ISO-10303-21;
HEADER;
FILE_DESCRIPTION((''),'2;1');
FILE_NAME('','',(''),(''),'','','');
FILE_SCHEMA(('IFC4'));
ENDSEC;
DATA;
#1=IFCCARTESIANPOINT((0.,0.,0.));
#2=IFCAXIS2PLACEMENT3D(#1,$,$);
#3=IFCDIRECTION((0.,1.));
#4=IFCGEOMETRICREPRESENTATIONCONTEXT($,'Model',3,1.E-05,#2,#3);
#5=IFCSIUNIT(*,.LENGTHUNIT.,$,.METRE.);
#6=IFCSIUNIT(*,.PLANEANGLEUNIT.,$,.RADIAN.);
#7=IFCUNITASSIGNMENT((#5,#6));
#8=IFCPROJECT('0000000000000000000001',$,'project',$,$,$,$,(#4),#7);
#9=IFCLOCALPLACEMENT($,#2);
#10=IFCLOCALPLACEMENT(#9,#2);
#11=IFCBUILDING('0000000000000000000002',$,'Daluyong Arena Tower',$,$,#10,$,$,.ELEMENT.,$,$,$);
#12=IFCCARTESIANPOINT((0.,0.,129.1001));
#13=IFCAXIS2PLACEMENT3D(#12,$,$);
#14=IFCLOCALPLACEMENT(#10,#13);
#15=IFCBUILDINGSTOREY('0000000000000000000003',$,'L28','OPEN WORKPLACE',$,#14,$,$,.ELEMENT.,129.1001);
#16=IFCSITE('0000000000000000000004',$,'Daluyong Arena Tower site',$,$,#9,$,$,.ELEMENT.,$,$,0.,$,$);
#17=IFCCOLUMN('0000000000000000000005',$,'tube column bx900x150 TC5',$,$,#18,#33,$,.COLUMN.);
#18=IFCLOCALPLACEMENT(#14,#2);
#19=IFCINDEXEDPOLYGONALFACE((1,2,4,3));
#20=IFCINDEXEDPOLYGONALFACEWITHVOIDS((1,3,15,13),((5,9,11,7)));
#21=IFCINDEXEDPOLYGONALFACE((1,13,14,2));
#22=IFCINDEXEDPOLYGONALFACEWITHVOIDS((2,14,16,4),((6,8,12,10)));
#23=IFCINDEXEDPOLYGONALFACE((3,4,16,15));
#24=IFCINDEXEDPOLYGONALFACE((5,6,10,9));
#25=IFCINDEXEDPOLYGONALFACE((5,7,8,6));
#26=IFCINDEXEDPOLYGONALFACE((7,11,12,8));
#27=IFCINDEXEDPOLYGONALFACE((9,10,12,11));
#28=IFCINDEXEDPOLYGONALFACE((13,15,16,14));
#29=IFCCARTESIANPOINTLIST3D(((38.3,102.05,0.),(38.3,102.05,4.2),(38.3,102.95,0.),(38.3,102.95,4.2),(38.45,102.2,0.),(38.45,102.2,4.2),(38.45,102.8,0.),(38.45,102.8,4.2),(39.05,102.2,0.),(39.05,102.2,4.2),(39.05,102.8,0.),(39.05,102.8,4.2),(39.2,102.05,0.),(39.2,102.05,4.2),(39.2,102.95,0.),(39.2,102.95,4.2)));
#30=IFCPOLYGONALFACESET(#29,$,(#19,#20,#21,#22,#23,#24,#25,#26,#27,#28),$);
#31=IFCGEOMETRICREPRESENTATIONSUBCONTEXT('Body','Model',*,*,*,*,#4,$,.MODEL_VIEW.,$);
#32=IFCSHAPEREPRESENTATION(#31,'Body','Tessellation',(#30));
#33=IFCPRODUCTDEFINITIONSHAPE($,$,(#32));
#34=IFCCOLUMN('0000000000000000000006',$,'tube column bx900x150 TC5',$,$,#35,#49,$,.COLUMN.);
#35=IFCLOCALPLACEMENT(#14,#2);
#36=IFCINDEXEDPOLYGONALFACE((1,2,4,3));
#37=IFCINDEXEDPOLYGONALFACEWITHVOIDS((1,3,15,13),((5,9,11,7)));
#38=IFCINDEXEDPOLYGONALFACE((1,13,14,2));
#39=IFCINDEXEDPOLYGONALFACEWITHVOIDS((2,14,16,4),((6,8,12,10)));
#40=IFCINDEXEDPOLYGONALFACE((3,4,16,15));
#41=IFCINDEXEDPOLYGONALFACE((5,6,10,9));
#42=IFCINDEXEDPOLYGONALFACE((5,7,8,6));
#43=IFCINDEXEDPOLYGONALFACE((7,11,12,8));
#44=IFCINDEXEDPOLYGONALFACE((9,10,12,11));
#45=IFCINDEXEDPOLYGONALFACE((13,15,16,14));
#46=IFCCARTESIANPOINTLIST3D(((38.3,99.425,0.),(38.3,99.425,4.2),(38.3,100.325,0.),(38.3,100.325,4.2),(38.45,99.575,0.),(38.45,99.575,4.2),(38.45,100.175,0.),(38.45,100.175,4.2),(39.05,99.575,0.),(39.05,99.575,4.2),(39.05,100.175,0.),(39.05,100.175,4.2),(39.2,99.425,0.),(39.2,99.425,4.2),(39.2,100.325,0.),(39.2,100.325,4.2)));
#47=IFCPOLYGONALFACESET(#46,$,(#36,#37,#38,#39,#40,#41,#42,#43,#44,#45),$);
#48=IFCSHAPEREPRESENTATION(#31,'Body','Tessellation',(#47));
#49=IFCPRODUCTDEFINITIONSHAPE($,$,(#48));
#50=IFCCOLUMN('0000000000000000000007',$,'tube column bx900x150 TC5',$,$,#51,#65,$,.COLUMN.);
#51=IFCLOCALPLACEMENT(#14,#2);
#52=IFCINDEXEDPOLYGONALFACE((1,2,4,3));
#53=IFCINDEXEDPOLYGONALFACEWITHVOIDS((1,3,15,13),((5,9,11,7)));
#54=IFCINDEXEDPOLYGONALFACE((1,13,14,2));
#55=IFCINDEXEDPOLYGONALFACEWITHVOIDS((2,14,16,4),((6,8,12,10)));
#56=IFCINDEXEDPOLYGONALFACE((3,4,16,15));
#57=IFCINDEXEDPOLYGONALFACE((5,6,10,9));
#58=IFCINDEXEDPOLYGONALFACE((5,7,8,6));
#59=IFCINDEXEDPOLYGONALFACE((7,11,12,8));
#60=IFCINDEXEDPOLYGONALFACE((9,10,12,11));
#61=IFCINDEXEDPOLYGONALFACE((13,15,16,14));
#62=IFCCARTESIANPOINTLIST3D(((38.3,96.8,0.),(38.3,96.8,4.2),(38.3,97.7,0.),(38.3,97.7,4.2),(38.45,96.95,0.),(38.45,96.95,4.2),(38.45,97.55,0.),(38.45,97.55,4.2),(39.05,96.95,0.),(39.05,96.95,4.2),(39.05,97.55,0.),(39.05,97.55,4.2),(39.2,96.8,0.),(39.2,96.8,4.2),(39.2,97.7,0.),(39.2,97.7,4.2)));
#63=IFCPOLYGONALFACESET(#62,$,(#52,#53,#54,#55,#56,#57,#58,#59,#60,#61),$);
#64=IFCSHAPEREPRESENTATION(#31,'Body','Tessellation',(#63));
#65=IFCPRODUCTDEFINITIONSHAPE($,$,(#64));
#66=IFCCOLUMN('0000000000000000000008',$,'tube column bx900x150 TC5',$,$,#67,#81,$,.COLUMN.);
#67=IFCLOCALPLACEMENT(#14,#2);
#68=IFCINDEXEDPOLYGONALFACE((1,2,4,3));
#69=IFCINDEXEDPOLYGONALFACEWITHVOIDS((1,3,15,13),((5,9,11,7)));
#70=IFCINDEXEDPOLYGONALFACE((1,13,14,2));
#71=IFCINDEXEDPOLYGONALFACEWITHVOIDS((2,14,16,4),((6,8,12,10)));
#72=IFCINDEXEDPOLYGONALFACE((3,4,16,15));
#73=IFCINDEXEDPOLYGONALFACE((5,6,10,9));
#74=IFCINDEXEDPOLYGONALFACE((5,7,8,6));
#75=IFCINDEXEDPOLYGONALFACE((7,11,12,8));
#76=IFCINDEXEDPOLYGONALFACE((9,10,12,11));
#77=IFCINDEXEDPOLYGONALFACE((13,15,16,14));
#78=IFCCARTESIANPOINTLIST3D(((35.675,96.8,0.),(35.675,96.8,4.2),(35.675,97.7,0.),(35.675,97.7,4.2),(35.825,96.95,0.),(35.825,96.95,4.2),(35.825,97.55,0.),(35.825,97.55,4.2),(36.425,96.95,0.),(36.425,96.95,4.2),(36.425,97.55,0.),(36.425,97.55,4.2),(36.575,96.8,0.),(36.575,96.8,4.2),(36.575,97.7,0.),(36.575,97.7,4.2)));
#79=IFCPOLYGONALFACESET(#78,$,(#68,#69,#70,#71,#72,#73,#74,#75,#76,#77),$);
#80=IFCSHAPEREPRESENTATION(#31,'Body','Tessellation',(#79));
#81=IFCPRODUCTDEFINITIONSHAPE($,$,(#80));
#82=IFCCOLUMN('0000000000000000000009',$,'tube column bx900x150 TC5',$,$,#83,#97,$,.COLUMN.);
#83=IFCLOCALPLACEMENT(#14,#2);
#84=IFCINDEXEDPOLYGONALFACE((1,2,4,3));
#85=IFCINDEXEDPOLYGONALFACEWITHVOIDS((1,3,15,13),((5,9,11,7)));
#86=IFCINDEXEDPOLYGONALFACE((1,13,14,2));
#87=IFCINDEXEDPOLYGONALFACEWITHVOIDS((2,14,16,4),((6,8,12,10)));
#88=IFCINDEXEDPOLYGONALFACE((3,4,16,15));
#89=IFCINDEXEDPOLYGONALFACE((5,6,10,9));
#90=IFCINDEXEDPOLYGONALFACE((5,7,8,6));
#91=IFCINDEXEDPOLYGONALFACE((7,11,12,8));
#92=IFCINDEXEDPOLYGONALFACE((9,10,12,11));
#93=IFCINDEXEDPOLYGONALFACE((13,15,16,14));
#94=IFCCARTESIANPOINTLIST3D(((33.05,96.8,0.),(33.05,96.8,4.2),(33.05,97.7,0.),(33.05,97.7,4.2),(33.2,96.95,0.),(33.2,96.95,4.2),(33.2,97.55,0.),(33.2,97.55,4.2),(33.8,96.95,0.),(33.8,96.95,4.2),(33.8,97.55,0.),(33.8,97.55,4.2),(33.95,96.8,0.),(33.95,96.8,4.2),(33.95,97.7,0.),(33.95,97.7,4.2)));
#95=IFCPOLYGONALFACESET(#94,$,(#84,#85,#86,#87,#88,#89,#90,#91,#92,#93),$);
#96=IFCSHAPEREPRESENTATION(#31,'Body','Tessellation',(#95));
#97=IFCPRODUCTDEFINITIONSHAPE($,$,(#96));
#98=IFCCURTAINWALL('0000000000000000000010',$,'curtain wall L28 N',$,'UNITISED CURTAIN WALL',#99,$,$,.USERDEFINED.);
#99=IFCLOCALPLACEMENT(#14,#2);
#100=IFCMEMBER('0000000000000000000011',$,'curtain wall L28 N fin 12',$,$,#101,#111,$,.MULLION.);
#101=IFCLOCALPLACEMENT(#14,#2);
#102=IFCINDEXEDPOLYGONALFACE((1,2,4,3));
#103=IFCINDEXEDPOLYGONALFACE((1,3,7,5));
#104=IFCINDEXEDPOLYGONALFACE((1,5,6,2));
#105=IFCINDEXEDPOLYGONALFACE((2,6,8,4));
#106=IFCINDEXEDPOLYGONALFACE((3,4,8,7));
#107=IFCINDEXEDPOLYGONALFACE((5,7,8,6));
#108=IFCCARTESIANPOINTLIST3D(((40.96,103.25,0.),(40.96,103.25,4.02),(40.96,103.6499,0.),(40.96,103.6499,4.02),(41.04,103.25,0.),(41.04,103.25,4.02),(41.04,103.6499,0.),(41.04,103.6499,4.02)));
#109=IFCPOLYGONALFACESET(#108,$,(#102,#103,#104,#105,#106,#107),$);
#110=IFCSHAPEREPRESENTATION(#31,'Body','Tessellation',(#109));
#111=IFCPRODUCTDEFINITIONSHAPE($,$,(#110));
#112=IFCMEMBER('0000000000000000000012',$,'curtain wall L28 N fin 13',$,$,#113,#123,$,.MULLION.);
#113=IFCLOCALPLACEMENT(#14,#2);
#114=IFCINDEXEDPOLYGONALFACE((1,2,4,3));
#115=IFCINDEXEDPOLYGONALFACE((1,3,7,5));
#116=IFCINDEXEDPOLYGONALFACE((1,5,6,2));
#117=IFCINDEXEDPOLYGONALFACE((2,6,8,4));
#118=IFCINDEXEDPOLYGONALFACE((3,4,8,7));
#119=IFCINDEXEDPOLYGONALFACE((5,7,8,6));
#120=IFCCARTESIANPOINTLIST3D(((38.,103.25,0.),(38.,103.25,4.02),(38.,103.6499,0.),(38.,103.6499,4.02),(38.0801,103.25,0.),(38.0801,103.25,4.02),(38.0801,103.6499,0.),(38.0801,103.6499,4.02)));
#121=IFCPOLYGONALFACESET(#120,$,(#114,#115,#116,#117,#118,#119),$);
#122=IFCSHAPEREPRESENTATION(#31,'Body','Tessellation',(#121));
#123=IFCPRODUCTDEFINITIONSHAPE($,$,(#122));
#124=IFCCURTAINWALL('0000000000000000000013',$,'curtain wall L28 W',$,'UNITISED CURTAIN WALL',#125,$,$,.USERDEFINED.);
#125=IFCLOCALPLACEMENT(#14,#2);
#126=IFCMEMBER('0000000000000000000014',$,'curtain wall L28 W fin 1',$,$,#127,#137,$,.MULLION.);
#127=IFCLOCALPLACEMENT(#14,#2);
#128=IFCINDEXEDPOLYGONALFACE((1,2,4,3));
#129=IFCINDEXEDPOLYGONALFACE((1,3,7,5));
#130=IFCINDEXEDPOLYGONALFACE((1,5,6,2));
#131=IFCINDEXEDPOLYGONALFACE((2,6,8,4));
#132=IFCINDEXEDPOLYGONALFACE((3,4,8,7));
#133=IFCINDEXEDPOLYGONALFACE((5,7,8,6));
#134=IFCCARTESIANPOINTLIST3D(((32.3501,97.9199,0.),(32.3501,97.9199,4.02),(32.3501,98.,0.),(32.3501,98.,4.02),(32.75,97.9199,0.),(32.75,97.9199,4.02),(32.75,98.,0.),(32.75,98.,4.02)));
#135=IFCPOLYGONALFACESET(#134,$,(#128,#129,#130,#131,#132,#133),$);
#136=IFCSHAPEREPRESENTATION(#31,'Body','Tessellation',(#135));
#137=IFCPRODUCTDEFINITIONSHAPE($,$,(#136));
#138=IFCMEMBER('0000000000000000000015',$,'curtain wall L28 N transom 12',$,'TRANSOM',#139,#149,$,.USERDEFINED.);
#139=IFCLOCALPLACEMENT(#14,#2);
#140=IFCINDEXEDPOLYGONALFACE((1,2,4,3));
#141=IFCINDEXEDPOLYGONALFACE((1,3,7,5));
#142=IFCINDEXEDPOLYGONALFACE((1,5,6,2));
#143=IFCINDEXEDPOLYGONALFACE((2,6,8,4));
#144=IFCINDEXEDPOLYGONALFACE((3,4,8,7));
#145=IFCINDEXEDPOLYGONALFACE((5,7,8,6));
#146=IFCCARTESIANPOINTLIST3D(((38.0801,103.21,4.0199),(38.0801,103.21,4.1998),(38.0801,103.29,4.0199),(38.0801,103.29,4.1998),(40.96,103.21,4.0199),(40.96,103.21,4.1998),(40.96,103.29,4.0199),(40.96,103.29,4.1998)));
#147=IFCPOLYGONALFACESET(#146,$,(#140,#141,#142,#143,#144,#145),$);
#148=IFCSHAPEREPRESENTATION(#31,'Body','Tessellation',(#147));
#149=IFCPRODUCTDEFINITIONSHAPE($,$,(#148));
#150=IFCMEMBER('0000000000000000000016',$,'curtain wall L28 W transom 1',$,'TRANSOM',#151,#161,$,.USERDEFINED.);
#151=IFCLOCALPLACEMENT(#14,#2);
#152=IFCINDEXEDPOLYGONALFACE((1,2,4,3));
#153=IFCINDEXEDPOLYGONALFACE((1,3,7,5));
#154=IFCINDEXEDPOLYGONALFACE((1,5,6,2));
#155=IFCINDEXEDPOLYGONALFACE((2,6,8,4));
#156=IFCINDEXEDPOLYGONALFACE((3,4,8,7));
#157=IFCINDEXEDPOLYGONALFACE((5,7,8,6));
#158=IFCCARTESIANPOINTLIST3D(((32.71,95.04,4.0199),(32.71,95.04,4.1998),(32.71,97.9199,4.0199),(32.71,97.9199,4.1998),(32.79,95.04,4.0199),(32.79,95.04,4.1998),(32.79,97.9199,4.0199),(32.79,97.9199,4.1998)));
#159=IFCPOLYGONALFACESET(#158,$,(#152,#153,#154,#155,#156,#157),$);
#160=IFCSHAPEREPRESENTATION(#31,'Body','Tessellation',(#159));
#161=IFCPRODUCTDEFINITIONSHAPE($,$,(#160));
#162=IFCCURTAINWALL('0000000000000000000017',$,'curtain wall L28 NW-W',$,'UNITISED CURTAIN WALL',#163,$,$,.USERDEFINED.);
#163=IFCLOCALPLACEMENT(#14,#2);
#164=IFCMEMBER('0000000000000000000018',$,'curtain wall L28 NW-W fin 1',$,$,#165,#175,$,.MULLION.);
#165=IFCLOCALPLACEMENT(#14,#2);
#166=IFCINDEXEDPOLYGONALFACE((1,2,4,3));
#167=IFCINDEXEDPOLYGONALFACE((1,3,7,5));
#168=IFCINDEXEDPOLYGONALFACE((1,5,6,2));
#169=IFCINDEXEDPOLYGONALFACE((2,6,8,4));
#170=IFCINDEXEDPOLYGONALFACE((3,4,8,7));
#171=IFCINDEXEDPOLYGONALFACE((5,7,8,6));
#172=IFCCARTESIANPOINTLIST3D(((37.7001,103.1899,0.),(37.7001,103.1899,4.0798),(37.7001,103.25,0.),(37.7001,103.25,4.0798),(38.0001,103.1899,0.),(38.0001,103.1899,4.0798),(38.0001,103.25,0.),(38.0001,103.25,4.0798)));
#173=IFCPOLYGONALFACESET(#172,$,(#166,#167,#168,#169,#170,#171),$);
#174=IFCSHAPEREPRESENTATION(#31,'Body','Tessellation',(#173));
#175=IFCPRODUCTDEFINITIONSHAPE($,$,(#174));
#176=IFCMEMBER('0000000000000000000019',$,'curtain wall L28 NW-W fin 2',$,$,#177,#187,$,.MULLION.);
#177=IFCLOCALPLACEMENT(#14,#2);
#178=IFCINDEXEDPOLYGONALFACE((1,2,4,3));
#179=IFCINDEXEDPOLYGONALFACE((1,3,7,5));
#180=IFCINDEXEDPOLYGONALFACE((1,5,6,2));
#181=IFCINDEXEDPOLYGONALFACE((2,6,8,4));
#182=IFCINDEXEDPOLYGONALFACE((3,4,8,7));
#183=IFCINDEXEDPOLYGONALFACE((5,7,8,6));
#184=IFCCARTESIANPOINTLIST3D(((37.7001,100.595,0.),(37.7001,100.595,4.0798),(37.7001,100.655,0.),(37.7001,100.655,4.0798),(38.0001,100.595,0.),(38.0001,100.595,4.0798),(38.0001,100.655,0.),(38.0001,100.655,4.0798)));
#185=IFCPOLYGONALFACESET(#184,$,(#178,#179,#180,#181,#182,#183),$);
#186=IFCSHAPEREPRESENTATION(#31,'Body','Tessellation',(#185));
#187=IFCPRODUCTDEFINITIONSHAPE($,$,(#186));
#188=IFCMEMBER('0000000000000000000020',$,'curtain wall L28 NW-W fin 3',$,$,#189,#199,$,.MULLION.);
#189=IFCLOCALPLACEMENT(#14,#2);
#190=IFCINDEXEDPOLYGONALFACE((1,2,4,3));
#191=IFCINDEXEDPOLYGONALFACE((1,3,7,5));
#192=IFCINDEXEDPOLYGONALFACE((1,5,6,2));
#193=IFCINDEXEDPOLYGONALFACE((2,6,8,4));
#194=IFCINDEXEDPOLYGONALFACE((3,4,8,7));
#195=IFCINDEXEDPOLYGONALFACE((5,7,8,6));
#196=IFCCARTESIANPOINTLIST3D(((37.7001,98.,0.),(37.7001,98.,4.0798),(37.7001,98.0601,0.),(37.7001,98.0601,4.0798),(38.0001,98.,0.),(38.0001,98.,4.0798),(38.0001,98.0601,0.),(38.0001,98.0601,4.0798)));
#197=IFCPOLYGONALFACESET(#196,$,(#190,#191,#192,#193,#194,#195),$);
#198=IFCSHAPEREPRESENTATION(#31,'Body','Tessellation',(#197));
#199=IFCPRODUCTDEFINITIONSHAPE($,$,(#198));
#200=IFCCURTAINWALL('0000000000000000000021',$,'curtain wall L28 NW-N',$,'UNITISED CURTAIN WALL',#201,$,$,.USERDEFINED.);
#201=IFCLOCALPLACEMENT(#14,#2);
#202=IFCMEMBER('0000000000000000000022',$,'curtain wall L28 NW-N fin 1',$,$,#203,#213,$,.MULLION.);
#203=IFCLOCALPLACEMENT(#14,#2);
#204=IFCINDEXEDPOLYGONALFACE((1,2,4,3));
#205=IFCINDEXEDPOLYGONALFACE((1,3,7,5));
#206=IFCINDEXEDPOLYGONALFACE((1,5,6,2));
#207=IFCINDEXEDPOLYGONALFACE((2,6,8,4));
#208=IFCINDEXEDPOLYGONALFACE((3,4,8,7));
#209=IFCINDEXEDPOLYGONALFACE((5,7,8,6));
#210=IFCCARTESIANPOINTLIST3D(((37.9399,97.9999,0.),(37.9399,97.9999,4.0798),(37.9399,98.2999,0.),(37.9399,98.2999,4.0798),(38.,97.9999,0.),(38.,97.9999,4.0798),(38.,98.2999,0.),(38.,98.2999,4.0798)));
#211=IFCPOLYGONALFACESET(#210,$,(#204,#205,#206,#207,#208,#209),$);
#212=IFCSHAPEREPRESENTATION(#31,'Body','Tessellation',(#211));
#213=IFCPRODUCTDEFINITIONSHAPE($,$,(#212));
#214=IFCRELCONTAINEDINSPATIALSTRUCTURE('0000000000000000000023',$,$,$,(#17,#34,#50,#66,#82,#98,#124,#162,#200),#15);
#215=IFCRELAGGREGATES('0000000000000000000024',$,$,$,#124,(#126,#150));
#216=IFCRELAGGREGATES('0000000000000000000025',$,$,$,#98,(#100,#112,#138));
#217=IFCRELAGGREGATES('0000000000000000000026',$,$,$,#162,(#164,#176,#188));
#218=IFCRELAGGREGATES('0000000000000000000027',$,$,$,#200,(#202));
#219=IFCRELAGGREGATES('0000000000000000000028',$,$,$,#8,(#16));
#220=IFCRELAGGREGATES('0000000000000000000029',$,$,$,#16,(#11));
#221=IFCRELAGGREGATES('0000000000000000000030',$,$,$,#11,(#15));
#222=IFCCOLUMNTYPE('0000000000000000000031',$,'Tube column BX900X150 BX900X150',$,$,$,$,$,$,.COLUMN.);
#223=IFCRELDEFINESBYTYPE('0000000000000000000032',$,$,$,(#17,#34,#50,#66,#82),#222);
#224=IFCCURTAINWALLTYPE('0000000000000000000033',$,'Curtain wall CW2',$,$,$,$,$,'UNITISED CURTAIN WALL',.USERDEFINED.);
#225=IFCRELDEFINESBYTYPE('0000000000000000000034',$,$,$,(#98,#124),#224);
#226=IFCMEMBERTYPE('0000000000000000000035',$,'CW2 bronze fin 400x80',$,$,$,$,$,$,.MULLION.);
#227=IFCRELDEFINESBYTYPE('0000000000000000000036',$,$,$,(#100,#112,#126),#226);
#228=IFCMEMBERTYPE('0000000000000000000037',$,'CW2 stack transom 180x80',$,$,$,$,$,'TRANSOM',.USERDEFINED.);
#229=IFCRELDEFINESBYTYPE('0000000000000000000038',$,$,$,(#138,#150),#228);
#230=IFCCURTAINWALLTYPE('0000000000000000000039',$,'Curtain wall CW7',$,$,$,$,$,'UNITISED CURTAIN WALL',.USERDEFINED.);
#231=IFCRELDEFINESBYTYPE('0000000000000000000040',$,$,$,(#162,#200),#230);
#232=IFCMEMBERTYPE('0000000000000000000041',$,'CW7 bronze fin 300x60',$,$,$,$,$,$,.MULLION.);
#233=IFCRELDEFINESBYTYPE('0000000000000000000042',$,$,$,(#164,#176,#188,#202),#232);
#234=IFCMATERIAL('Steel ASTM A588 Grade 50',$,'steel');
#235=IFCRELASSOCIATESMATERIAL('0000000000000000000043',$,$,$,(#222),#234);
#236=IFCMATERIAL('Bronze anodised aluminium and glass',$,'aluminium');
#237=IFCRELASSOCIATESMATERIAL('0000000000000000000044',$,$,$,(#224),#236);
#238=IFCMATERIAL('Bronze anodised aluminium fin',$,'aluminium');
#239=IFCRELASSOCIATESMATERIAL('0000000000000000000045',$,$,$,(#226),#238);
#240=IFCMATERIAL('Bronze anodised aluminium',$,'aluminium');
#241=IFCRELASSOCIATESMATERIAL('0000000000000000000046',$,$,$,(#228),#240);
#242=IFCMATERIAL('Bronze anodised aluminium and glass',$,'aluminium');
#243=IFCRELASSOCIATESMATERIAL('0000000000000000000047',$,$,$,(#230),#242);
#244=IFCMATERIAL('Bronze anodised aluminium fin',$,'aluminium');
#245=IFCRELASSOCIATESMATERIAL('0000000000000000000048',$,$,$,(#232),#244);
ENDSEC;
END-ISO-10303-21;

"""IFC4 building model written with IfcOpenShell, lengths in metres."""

from ifc_helpers import new_model, si_unit, direction, frame, origin, origin_2d, place, context, subcontext, project, spatial, rectangle, hollow_rectangle, extrude, material, material_profile, profile_set, type_object, element, aggregate, save


model = new_model("IFC4")

# Units and contexts
model_context = context("Model", 3, precision=1e-05, world=origin(), true_north=direction((0.0, 1.0)))
body_context = subcontext(model_context, "Body", "Model", "MODEL_VIEW")
ifc_project = project(units=[si_unit("LENGTHUNIT", "METRE"), si_unit("PLANEANGLEUNIT", "RADIAN")], contexts=[model_context])

# Site, building, storey
site_placement = place(None, origin())
site = spatial("IfcSite", under=ifc_project, at=site_placement, Name="Daluyong Arena Tower site", CompositionType="ELEMENT", RefElevation=0.0)
building_placement = place(site_placement, origin())
building = spatial("IfcBuilding", under=site, at=building_placement, Name="Daluyong Arena Tower", CompositionType="ELEMENT")
storey_placement = place(building_placement, frame((0.0, 0.0, 129.1001)))
storey = spatial("IfcBuildingStorey", under=building, at=storey_placement, Name="L28", Description="OPEN WORKPLACE", CompositionType="ELEMENT", Elevation=129.1001)

# Columns
ifc_material_1 = material(Name="Steel ASTM A588 Grade 50", Category="steel")
ifc_material_profile_1 = material_profile(ifc_material_1, hollow_rectangle(XDim=0.8999, YDim=0.8999, WallThickness=0.15, at=origin_2d()))
ifc_profile_set_1 = profile_set([ifc_material_profile_1], Name="Steel ASTM A588 Grade 50")
column_type = type_object("IfcColumnType", Name="Tube column BX900X150 BX900X150", PredefinedType="COLUMN", material=ifc_profile_set_1)
for number, where, z_axis, x_axis, name in (
    (1, (38.75, 102.5, 0.0), (0.0, 0.0, 1.0), (0.0, 1.0, 0.0), "tube column bx900x150 TC5"),
    (2, (38.75, 99.875, 0.0), (0.0, 0.0, 1.0), (0.0, 1.0, 0.0), "tube column bx900x150 TC5"),
    (3, (38.75, 97.25, 0.0), (0.0, 0.0, 1.0), (1.0, 0.0, 0.0), "tube column bx900x150 TC5"),
    (4, (36.125, 97.25, 0.0), (0.0, 0.0, 1.0), (1.0, 0.0, 0.0), "tube column bx900x150 TC5"),
    (5, (33.5, 97.25, 0.0), (0.0, 0.0, 1.0), (0.0, 1.0, 0.0), "tube column bx900x150 TC5"),
):
    element("IfcColumn", number, at=place(storey_placement, frame(where, z_axis=z_axis, x_axis=x_axis)), inside=storey, type_object=column_type, Name=name, PredefinedType="COLUMN", context=body_context, shape_type="SweptSolid", body=[
        extrude(hollow_rectangle(XDim=0.8999, YDim=0.8999, WallThickness=0.15, at=origin_2d()), origin(), (0.0, 0.0, 1.0), 4.2),
    ])

# Curtain wall, members
ifc_material_2 = material(Name="Bronze anodised aluminium and glass", Category="aluminium")
curtain_wall_type_1 = type_object("IfcCurtainWallType", Name="Curtain wall CW2", ElementType="UNITISED CURTAIN WALL", PredefinedType="USERDEFINED", material=ifc_material_2)
curtain_wall_1_placement = place(storey_placement, origin())
curtain_wall_1 = element("IfcCurtainWall", 6, at=curtain_wall_1_placement, inside=storey, type_object=curtain_wall_type_1, Name="curtain wall L28 N", ObjectType="UNITISED CURTAIN WALL", PredefinedType="USERDEFINED")
ifc_material_3 = material(Name="Bronze anodised aluminium fin", Category="aluminium")
ifc_material_profile_2 = material_profile(ifc_material_3, rectangle(XDim=0.3999, YDim=0.0801, at=origin_2d()))
ifc_profile_set_2 = profile_set([ifc_material_profile_2], Name="Bronze anodised aluminium fin")
member_type_1 = type_object("IfcMemberType", Name="CW2 bronze fin 400x80", PredefinedType="MULLION", material=ifc_profile_set_2)
member_1_placement = place(storey_placement, frame((41.0, 103.45, 0.0), z_axis=(0.0, 0.0, 1.0), x_axis=(0.0, -1.0, 0.0)))
member_1 = element("IfcMember", 7, at=member_1_placement, type_object=member_type_1, Name="curtain wall L28 N fin 12", PredefinedType="MULLION", context=body_context, shape_type="SweptSolid", body=[
    extrude(rectangle(XDim=0.3999, YDim=0.0801, at=origin_2d()), origin(), (0.0, 0.0, 1.0), 4.02),
])
member_2_placement = place(storey_placement, frame((38.04, 103.45, 0.0), z_axis=(0.0, 0.0, 1.0), x_axis=(0.0, -1.0, 0.0)))
member_2 = element("IfcMember", 8, at=member_2_placement, type_object=member_type_1, Name="curtain wall L28 N fin 13", PredefinedType="MULLION", context=body_context, shape_type="SweptSolid", body=[
    extrude(rectangle(XDim=0.3999, YDim=0.0801, at=origin_2d()), origin(), (0.0, 0.0, 1.0), 4.02),
])

# Curtain wall, member
curtain_wall_2_placement = place(storey_placement, origin())
curtain_wall_2 = element("IfcCurtainWall", 9, at=curtain_wall_2_placement, inside=storey, type_object=curtain_wall_type_1, Name="curtain wall L28 W", ObjectType="UNITISED CURTAIN WALL", PredefinedType="USERDEFINED")
member_3_placement = place(storey_placement, frame((32.55, 97.96, 0.0), z_axis=(0.0, 0.0, 1.0), x_axis=(1.0, 0.0, 0.0)))
member_3 = element("IfcMember", 10, at=member_3_placement, type_object=member_type_1, Name="curtain wall L28 W fin 1", PredefinedType="MULLION", context=body_context, shape_type="SweptSolid", body=[
    extrude(rectangle(XDim=0.3999, YDim=0.0801, at=origin_2d()), origin(), (0.0, 0.0, 1.0), 4.02),
])

# Members
ifc_material_4 = material(Name="Bronze anodised aluminium", Category="aluminium")
ifc_material_profile_3 = material_profile(ifc_material_4, rectangle(XDim=0.0801, YDim=0.1799, at=origin_2d()))
ifc_profile_set_3 = profile_set([ifc_material_profile_3], Name="Bronze anodised aluminium")
member_type_2 = type_object("IfcMemberType", Name="CW2 stack transom 180x80", ElementType="TRANSOM", PredefinedType="USERDEFINED", material=ifc_profile_set_3)
member_4_placement = place(storey_placement, frame((40.96, 103.25, 4.1099), z_axis=(-1.0, 0.0, 0.0), x_axis=(0.0, -1.0, 0.0)))
member_4 = element("IfcMember", 11, at=member_4_placement, type_object=member_type_2, Name="curtain wall L28 N transom 12", ObjectType="TRANSOM", PredefinedType="USERDEFINED", context=body_context, shape_type="SweptSolid", body=[
    extrude(rectangle(XDim=0.0801, YDim=0.1799, at=origin_2d()), origin(), (0.0, 0.0, 1.0), 2.8799),
])
member_5_placement = place(storey_placement, frame((32.75, 97.9199, 4.1099), z_axis=(0.0, -1.0, 0.0), x_axis=(1.0, 0.0, 0.0)))
member_5 = element("IfcMember", 12, at=member_5_placement, type_object=member_type_2, Name="curtain wall L28 W transom 1", ObjectType="TRANSOM", PredefinedType="USERDEFINED", context=body_context, shape_type="SweptSolid", body=[
    extrude(rectangle(XDim=0.0801, YDim=0.1799, at=origin_2d()), origin(), (0.0, 0.0, 1.0), 2.8799),
])
aggregate(curtain_wall_2, [member_3, member_5])

# Curtain walls, members
ifc_material_5 = material(Name="Bronze anodised aluminium and glass", Category="aluminium")
curtain_wall_type_2 = type_object("IfcCurtainWallType", Name="Curtain wall CW7", ElementType="UNITISED CURTAIN WALL", PredefinedType="USERDEFINED", material=ifc_material_5)
curtain_wall_3_placement = place(storey_placement, origin())
curtain_wall_3 = element("IfcCurtainWall", 13, at=curtain_wall_3_placement, inside=storey, type_object=curtain_wall_type_2, Name="curtain wall L28 NW-W", ObjectType="UNITISED CURTAIN WALL", PredefinedType="USERDEFINED")
ifc_material_6 = material(Name="Bronze anodised aluminium fin", Category="aluminium")
ifc_material_profile_4 = material_profile(ifc_material_6, rectangle(XDim=0.3, YDim=0.0601, at=origin_2d()))
ifc_profile_set_4 = profile_set([ifc_material_profile_4], Name="Bronze anodised aluminium fin")
member_type_3 = type_object("IfcMemberType", Name="CW7 bronze fin 300x60", PredefinedType="MULLION", material=ifc_profile_set_4)
member_6_placement = place(storey_placement, frame((37.8501, 103.22, 0.0), z_axis=(0.0, 0.0, 1.0), x_axis=(1.0, 0.0, 0.0)))
member_6 = element("IfcMember", 14, at=member_6_placement, type_object=member_type_3, Name="curtain wall L28 NW-W fin 1", PredefinedType="MULLION", context=body_context, shape_type="SweptSolid", body=[
    extrude(rectangle(XDim=0.3, YDim=0.0601, at=origin_2d()), origin(), (0.0, 0.0, 1.0), 4.0798),
])
member_7_placement = place(storey_placement, frame((37.8501, 100.625, 0.0), z_axis=(0.0, 0.0, 1.0), x_axis=(1.0, 0.0, 0.0)))
member_7 = element("IfcMember", 15, at=member_7_placement, type_object=member_type_3, Name="curtain wall L28 NW-W fin 2", PredefinedType="MULLION", context=body_context, shape_type="SweptSolid", body=[
    extrude(rectangle(XDim=0.3, YDim=0.0601, at=origin_2d()), origin(), (0.0, 0.0, 1.0), 4.0798),
])
member_8_placement = place(storey_placement, frame((37.8501, 98.03, 0.0), z_axis=(0.0, 0.0, 1.0), x_axis=(1.0, 0.0, 0.0)))
member_8 = element("IfcMember", 16, at=member_8_placement, type_object=member_type_3, Name="curtain wall L28 NW-W fin 3", PredefinedType="MULLION", context=body_context, shape_type="SweptSolid", body=[
    extrude(rectangle(XDim=0.3, YDim=0.0601, at=origin_2d()), origin(), (0.0, 0.0, 1.0), 4.0798),
])
curtain_wall_4_placement = place(storey_placement, origin())
curtain_wall_4 = element("IfcCurtainWall", 17, at=curtain_wall_4_placement, inside=storey, type_object=curtain_wall_type_2, Name="curtain wall L28 NW-N", ObjectType="UNITISED CURTAIN WALL", PredefinedType="USERDEFINED")
member_9_placement = place(storey_placement, frame((37.97, 98.1499, 0.0), z_axis=(0.0, 0.0, 1.0), x_axis=(0.0, -1.0, 0.0)))
member_9 = element("IfcMember", 18, at=member_9_placement, type_object=member_type_3, Name="curtain wall L28 NW-N fin 1", PredefinedType="MULLION", context=body_context, shape_type="SweptSolid", body=[
    extrude(rectangle(XDim=0.3, YDim=0.0601, at=origin_2d()), origin(), (0.0, 0.0, 1.0), 4.0798),
])

aggregate(curtain_wall_1, [member_1, member_2, member_4])
aggregate(curtain_wall_3, [member_6, member_7, member_8])
aggregate(curtain_wall_4, [member_9])

save(model, "model.ifc")
